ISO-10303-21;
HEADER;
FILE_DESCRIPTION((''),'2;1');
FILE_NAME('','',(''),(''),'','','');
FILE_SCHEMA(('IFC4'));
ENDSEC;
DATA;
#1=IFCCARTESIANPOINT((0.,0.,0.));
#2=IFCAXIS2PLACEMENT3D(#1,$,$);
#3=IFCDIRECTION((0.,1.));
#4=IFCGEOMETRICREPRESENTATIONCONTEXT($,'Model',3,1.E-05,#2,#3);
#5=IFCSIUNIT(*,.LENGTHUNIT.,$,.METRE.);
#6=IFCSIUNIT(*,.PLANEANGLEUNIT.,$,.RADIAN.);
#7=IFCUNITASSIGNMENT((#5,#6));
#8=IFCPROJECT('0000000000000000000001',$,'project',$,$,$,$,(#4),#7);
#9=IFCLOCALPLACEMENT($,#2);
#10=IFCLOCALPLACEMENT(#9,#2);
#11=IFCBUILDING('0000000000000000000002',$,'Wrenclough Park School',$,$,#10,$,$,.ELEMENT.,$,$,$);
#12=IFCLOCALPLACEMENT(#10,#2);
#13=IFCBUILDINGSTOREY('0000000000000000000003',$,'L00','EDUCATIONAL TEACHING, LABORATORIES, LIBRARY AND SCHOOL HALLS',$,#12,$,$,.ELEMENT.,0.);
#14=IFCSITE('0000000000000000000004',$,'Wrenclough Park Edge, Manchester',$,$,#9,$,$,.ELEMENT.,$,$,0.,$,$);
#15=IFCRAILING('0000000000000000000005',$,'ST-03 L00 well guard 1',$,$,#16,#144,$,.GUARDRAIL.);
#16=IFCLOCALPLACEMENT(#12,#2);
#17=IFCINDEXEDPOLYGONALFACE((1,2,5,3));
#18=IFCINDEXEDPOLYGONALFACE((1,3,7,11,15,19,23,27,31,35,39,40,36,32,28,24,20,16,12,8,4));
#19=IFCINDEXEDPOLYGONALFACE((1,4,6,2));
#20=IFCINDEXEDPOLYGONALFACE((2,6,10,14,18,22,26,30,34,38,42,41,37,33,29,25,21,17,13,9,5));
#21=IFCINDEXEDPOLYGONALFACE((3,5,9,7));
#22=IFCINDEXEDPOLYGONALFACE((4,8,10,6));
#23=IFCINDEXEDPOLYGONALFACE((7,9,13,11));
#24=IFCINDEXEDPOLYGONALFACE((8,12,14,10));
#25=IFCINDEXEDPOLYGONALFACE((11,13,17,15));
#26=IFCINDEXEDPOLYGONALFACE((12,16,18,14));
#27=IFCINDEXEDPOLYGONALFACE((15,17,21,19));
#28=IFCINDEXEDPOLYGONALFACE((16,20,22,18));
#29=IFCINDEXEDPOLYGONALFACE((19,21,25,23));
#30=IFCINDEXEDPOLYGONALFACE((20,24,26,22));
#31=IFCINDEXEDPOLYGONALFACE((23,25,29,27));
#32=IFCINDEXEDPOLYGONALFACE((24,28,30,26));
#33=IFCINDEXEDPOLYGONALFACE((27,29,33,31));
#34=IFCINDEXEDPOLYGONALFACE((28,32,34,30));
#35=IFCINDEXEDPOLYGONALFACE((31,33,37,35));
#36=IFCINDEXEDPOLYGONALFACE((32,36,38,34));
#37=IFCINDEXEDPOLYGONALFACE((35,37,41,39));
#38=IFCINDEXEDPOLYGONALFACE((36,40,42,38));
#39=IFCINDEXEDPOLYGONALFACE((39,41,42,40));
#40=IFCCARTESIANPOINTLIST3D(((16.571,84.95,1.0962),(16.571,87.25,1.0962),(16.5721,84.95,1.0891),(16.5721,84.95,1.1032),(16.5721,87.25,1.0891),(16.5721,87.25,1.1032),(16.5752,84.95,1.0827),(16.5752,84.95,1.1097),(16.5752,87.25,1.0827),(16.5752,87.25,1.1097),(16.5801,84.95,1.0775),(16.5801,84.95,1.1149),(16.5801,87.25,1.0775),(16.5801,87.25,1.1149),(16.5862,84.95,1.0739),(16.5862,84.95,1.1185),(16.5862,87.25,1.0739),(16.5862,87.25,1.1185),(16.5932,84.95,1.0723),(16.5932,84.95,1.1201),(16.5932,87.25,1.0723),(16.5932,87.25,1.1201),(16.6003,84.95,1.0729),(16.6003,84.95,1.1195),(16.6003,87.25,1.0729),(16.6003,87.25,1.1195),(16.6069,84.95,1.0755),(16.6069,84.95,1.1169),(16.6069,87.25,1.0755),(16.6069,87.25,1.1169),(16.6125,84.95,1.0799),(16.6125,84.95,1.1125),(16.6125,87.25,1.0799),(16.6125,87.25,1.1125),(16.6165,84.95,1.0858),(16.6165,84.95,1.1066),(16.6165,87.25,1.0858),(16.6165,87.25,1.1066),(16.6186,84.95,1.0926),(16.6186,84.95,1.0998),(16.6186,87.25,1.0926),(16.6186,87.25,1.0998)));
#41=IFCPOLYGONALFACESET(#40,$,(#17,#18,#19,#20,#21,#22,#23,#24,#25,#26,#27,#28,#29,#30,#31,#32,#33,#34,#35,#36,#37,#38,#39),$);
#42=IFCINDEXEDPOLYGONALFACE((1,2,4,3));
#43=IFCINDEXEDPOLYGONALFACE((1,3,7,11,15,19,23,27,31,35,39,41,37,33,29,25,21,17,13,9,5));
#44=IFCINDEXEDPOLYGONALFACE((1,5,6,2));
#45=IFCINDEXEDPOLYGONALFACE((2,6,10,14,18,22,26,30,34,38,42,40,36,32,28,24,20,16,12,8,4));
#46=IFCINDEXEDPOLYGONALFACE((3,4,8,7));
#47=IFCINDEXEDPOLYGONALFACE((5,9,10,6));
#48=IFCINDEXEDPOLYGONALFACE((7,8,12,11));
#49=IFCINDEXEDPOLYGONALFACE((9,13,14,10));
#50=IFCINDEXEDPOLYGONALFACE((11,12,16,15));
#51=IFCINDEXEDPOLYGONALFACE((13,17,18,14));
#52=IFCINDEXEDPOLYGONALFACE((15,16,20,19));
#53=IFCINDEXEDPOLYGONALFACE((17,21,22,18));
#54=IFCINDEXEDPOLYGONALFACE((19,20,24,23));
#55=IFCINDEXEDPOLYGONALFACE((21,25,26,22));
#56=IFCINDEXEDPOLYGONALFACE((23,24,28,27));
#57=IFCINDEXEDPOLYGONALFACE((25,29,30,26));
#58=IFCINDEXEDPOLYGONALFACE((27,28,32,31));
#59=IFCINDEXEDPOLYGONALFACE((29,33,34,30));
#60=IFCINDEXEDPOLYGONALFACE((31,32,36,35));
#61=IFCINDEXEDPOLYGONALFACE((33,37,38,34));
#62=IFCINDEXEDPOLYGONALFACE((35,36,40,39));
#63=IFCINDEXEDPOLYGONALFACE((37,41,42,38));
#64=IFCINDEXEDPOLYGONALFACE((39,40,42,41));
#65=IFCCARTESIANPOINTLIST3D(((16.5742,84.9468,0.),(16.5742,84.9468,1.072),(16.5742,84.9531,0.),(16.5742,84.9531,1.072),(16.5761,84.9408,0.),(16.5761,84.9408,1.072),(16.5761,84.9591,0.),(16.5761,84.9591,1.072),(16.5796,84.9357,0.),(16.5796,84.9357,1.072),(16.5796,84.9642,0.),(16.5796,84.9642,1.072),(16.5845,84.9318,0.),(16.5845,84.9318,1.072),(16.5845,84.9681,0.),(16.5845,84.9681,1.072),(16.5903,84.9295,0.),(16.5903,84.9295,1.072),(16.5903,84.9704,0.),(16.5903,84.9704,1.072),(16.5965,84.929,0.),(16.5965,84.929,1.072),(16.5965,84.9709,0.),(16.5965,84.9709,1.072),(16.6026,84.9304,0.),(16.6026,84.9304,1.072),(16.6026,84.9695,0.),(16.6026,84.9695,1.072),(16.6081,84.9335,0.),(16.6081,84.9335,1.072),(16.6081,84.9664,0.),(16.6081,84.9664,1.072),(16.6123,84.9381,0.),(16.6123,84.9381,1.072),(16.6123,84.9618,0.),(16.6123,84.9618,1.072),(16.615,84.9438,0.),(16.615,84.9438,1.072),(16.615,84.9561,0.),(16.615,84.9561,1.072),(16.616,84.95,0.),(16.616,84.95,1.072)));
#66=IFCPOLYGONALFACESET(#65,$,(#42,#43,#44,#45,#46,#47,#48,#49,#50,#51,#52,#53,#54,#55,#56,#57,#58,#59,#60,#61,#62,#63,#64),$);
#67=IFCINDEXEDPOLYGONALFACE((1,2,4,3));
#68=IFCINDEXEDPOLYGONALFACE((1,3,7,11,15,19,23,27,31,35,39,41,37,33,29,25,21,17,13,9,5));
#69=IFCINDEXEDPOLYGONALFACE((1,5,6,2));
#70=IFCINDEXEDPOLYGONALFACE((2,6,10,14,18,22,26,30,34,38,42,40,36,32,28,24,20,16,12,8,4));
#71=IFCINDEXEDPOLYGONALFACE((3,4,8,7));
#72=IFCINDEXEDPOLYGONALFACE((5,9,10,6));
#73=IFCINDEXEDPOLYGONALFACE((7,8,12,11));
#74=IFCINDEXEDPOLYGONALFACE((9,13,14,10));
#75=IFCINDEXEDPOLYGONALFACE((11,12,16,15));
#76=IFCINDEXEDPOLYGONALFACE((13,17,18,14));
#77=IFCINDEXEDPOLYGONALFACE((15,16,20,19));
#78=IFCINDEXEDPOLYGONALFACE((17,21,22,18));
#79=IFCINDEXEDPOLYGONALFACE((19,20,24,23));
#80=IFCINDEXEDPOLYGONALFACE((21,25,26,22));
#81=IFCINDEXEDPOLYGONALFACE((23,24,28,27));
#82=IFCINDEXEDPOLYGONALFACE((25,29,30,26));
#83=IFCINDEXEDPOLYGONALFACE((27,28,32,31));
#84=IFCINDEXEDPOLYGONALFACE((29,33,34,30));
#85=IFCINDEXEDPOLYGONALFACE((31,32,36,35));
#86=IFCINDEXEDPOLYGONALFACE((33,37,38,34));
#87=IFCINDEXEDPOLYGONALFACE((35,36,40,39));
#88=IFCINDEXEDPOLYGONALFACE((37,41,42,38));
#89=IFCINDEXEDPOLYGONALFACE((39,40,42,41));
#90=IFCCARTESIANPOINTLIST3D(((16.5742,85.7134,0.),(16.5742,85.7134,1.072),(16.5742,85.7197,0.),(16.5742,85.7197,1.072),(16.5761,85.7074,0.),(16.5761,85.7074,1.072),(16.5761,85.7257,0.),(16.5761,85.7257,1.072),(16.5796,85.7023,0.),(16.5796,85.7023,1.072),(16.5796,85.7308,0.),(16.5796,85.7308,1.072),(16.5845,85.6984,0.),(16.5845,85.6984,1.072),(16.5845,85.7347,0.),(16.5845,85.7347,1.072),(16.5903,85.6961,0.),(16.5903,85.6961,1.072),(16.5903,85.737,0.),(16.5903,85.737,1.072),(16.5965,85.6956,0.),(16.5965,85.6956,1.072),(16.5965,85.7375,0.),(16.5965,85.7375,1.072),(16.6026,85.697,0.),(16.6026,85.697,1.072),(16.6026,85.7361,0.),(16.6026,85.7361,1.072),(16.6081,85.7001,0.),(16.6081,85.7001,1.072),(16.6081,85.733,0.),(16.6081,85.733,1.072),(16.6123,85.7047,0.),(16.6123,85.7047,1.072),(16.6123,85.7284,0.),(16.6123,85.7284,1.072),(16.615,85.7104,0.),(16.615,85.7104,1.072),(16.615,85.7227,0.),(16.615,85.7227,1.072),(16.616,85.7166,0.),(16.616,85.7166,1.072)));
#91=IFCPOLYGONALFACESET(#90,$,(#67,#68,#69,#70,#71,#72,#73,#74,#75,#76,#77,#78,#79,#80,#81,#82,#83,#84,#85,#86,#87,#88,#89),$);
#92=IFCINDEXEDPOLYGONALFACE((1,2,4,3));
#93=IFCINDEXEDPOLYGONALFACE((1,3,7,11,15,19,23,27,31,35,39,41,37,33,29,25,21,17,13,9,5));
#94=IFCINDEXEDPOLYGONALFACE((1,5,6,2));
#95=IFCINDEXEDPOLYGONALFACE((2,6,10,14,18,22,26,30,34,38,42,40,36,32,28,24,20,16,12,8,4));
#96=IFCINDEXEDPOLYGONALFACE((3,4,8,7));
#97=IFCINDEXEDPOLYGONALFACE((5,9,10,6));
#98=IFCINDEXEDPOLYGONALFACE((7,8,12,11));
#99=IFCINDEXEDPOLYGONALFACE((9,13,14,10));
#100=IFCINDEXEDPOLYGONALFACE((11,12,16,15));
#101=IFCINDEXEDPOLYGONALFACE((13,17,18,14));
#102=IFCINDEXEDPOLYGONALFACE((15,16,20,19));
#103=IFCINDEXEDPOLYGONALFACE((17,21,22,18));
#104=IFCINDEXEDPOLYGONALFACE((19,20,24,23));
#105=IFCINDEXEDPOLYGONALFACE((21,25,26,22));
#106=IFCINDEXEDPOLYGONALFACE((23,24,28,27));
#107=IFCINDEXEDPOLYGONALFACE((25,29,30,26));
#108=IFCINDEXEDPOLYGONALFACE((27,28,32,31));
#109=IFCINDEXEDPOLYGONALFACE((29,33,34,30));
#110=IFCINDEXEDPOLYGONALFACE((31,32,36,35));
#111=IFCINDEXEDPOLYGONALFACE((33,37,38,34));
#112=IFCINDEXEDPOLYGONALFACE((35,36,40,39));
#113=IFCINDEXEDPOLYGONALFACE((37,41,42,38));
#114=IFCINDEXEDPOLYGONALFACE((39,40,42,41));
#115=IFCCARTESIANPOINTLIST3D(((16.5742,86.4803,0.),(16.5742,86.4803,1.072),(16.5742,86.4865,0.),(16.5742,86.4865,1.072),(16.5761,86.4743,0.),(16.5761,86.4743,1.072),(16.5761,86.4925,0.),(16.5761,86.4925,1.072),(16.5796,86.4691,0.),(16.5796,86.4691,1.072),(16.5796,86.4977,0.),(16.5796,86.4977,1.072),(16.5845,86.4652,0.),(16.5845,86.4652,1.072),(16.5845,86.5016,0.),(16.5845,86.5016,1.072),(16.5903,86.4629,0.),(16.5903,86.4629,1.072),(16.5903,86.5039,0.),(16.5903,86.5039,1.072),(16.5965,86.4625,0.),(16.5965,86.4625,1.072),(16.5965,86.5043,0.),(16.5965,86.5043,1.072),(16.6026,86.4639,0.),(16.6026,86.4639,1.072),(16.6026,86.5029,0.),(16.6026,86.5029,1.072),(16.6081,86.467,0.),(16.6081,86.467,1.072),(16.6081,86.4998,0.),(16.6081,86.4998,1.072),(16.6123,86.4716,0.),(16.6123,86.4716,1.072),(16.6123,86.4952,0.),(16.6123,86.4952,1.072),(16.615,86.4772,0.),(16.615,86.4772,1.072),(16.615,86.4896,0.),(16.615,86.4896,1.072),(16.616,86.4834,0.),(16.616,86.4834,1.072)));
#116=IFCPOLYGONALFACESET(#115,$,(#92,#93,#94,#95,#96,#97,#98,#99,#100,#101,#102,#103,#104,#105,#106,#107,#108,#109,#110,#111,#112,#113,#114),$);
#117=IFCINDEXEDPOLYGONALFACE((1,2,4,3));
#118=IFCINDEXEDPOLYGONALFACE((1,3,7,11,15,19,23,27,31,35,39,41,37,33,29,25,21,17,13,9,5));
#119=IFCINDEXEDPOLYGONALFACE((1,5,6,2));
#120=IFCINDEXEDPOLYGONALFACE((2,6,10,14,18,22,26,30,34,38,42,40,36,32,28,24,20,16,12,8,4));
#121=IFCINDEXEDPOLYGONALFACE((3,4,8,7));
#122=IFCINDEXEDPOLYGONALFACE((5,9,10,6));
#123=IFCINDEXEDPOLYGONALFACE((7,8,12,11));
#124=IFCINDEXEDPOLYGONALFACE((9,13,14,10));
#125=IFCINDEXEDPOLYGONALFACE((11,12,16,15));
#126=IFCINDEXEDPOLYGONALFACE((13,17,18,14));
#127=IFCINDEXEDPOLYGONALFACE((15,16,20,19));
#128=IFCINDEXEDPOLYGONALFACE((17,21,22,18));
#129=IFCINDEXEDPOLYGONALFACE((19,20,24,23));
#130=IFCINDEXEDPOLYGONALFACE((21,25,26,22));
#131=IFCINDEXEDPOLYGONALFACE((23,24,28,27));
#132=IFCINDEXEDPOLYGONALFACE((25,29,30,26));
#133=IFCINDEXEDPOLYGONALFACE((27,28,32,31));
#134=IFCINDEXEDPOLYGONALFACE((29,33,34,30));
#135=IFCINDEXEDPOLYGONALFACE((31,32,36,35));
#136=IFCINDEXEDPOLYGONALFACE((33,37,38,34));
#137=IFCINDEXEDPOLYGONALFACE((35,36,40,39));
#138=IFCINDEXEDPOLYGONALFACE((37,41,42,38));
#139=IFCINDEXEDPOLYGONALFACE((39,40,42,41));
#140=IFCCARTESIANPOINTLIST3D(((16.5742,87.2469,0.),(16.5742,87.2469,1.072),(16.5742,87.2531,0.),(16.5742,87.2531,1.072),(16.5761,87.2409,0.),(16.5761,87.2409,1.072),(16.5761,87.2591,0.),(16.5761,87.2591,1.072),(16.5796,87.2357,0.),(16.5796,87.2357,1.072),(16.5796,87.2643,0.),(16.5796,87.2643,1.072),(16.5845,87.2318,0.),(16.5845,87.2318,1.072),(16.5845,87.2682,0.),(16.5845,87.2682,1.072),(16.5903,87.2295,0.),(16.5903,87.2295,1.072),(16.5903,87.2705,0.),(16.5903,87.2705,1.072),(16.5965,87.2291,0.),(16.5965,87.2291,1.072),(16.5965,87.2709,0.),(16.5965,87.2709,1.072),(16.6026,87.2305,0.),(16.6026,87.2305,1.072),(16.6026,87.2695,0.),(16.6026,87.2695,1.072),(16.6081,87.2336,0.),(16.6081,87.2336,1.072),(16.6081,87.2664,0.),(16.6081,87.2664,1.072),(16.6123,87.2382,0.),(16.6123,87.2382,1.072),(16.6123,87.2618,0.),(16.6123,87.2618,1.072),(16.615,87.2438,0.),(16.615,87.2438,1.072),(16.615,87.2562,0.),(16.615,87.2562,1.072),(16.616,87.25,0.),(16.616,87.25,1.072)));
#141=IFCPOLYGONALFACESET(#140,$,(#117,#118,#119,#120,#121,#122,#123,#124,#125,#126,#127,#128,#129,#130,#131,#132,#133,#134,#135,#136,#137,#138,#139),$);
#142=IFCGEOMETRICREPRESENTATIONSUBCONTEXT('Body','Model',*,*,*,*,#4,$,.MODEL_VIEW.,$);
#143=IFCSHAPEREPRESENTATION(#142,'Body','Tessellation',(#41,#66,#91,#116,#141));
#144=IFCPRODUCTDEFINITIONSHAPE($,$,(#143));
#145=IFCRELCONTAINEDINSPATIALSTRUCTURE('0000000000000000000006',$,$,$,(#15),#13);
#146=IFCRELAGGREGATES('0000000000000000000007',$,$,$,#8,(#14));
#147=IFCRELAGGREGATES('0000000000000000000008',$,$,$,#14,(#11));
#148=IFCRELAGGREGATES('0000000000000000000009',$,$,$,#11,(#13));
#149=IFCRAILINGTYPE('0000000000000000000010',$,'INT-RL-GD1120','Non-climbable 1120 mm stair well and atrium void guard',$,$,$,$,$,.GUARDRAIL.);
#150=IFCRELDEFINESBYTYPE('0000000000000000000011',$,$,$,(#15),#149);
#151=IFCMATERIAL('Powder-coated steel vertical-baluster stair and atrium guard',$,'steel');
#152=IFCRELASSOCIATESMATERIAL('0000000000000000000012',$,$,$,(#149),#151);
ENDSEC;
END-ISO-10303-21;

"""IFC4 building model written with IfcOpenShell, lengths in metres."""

from ifc_helpers import new_model, si_unit, direction, frame, origin, origin_2d, place, context, subcontext, project, spatial, circle, extrude, material, type_object, element, save


model = new_model("IFC4")

# Units and contexts
model_context = context("Model", 3, precision=1e-05, world=origin(), true_north=direction((0.0, 1.0)))
body_context = subcontext(model_context, "Body", "Model", "MODEL_VIEW")
ifc_project = project(units=[si_unit("LENGTHUNIT", "METRE"), si_unit("PLANEANGLEUNIT", "RADIAN")], contexts=[model_context])

# Site, building, storey
site_placement = place(None, origin())
site = spatial("IfcSite", under=ifc_project, at=site_placement, Name="Wrenclough Park Edge, Manchester", CompositionType="ELEMENT", RefElevation=0.0)
building_placement = place(site_placement, origin())
building = spatial("IfcBuilding", under=site, at=building_placement, Name="Wrenclough Park School", CompositionType="ELEMENT")
storey_placement = place(building_placement, origin())
storey = spatial("IfcBuildingStorey", under=building, at=storey_placement, Name="L00", Description="EDUCATIONAL TEACHING, LABORATORIES, LIBRARY AND SCHOOL HALLS", CompositionType="ELEMENT", Elevation=0.0)

# Railing
ifc_material_1 = material(Name="Powder-coated steel vertical-baluster stair and atrium guard", Category="steel")
railing_type_1 = type_object("IfcRailingType", Name="INT-RL-GD1120", Description="Non-climbable 1120 mm stair well and atrium void guard", PredefinedType="GUARDRAIL", material=ifc_material_1)
railing_1_placement = place(storey_placement, frame((16.595, 84.95, 0.0)))
element("IfcRailing", 1, at=railing_1_placement, inside=storey, type_object=railing_type_1, Name="ST-03 L00 well guard 1", PredefinedType="GUARDRAIL", context=body_context, shape_type="SweptSolid", body=[
    extrude(circle(Radius=0.0239, at=origin_2d()), frame((0.0, 0.0, 1.0962), z_axis=(0.0, 1.0, 0.0), x_axis=(-1.0, 0.0, 0.0)), (0.0, 0.0, 1.0), 2.3),
    extrude(circle(Radius=0.021, at=origin_2d()), origin(), (0.0, 0.0, 1.0), 1.072),
    extrude(circle(Radius=0.021, at=origin_2d()), frame((0.0, 0.7666, 0.0)), (0.0, 0.0, 1.0), 1.072),
    extrude(circle(Radius=0.021, at=origin_2d()), frame((0.0, 1.5334, 0.0)), (0.0, 0.0, 1.0), 1.072),
    extrude(circle(Radius=0.021, at=origin_2d()), frame((0.0, 2.3, 0.0)), (0.0, 0.0, 1.0), 1.072),
])

save(model, "model.ifc")
